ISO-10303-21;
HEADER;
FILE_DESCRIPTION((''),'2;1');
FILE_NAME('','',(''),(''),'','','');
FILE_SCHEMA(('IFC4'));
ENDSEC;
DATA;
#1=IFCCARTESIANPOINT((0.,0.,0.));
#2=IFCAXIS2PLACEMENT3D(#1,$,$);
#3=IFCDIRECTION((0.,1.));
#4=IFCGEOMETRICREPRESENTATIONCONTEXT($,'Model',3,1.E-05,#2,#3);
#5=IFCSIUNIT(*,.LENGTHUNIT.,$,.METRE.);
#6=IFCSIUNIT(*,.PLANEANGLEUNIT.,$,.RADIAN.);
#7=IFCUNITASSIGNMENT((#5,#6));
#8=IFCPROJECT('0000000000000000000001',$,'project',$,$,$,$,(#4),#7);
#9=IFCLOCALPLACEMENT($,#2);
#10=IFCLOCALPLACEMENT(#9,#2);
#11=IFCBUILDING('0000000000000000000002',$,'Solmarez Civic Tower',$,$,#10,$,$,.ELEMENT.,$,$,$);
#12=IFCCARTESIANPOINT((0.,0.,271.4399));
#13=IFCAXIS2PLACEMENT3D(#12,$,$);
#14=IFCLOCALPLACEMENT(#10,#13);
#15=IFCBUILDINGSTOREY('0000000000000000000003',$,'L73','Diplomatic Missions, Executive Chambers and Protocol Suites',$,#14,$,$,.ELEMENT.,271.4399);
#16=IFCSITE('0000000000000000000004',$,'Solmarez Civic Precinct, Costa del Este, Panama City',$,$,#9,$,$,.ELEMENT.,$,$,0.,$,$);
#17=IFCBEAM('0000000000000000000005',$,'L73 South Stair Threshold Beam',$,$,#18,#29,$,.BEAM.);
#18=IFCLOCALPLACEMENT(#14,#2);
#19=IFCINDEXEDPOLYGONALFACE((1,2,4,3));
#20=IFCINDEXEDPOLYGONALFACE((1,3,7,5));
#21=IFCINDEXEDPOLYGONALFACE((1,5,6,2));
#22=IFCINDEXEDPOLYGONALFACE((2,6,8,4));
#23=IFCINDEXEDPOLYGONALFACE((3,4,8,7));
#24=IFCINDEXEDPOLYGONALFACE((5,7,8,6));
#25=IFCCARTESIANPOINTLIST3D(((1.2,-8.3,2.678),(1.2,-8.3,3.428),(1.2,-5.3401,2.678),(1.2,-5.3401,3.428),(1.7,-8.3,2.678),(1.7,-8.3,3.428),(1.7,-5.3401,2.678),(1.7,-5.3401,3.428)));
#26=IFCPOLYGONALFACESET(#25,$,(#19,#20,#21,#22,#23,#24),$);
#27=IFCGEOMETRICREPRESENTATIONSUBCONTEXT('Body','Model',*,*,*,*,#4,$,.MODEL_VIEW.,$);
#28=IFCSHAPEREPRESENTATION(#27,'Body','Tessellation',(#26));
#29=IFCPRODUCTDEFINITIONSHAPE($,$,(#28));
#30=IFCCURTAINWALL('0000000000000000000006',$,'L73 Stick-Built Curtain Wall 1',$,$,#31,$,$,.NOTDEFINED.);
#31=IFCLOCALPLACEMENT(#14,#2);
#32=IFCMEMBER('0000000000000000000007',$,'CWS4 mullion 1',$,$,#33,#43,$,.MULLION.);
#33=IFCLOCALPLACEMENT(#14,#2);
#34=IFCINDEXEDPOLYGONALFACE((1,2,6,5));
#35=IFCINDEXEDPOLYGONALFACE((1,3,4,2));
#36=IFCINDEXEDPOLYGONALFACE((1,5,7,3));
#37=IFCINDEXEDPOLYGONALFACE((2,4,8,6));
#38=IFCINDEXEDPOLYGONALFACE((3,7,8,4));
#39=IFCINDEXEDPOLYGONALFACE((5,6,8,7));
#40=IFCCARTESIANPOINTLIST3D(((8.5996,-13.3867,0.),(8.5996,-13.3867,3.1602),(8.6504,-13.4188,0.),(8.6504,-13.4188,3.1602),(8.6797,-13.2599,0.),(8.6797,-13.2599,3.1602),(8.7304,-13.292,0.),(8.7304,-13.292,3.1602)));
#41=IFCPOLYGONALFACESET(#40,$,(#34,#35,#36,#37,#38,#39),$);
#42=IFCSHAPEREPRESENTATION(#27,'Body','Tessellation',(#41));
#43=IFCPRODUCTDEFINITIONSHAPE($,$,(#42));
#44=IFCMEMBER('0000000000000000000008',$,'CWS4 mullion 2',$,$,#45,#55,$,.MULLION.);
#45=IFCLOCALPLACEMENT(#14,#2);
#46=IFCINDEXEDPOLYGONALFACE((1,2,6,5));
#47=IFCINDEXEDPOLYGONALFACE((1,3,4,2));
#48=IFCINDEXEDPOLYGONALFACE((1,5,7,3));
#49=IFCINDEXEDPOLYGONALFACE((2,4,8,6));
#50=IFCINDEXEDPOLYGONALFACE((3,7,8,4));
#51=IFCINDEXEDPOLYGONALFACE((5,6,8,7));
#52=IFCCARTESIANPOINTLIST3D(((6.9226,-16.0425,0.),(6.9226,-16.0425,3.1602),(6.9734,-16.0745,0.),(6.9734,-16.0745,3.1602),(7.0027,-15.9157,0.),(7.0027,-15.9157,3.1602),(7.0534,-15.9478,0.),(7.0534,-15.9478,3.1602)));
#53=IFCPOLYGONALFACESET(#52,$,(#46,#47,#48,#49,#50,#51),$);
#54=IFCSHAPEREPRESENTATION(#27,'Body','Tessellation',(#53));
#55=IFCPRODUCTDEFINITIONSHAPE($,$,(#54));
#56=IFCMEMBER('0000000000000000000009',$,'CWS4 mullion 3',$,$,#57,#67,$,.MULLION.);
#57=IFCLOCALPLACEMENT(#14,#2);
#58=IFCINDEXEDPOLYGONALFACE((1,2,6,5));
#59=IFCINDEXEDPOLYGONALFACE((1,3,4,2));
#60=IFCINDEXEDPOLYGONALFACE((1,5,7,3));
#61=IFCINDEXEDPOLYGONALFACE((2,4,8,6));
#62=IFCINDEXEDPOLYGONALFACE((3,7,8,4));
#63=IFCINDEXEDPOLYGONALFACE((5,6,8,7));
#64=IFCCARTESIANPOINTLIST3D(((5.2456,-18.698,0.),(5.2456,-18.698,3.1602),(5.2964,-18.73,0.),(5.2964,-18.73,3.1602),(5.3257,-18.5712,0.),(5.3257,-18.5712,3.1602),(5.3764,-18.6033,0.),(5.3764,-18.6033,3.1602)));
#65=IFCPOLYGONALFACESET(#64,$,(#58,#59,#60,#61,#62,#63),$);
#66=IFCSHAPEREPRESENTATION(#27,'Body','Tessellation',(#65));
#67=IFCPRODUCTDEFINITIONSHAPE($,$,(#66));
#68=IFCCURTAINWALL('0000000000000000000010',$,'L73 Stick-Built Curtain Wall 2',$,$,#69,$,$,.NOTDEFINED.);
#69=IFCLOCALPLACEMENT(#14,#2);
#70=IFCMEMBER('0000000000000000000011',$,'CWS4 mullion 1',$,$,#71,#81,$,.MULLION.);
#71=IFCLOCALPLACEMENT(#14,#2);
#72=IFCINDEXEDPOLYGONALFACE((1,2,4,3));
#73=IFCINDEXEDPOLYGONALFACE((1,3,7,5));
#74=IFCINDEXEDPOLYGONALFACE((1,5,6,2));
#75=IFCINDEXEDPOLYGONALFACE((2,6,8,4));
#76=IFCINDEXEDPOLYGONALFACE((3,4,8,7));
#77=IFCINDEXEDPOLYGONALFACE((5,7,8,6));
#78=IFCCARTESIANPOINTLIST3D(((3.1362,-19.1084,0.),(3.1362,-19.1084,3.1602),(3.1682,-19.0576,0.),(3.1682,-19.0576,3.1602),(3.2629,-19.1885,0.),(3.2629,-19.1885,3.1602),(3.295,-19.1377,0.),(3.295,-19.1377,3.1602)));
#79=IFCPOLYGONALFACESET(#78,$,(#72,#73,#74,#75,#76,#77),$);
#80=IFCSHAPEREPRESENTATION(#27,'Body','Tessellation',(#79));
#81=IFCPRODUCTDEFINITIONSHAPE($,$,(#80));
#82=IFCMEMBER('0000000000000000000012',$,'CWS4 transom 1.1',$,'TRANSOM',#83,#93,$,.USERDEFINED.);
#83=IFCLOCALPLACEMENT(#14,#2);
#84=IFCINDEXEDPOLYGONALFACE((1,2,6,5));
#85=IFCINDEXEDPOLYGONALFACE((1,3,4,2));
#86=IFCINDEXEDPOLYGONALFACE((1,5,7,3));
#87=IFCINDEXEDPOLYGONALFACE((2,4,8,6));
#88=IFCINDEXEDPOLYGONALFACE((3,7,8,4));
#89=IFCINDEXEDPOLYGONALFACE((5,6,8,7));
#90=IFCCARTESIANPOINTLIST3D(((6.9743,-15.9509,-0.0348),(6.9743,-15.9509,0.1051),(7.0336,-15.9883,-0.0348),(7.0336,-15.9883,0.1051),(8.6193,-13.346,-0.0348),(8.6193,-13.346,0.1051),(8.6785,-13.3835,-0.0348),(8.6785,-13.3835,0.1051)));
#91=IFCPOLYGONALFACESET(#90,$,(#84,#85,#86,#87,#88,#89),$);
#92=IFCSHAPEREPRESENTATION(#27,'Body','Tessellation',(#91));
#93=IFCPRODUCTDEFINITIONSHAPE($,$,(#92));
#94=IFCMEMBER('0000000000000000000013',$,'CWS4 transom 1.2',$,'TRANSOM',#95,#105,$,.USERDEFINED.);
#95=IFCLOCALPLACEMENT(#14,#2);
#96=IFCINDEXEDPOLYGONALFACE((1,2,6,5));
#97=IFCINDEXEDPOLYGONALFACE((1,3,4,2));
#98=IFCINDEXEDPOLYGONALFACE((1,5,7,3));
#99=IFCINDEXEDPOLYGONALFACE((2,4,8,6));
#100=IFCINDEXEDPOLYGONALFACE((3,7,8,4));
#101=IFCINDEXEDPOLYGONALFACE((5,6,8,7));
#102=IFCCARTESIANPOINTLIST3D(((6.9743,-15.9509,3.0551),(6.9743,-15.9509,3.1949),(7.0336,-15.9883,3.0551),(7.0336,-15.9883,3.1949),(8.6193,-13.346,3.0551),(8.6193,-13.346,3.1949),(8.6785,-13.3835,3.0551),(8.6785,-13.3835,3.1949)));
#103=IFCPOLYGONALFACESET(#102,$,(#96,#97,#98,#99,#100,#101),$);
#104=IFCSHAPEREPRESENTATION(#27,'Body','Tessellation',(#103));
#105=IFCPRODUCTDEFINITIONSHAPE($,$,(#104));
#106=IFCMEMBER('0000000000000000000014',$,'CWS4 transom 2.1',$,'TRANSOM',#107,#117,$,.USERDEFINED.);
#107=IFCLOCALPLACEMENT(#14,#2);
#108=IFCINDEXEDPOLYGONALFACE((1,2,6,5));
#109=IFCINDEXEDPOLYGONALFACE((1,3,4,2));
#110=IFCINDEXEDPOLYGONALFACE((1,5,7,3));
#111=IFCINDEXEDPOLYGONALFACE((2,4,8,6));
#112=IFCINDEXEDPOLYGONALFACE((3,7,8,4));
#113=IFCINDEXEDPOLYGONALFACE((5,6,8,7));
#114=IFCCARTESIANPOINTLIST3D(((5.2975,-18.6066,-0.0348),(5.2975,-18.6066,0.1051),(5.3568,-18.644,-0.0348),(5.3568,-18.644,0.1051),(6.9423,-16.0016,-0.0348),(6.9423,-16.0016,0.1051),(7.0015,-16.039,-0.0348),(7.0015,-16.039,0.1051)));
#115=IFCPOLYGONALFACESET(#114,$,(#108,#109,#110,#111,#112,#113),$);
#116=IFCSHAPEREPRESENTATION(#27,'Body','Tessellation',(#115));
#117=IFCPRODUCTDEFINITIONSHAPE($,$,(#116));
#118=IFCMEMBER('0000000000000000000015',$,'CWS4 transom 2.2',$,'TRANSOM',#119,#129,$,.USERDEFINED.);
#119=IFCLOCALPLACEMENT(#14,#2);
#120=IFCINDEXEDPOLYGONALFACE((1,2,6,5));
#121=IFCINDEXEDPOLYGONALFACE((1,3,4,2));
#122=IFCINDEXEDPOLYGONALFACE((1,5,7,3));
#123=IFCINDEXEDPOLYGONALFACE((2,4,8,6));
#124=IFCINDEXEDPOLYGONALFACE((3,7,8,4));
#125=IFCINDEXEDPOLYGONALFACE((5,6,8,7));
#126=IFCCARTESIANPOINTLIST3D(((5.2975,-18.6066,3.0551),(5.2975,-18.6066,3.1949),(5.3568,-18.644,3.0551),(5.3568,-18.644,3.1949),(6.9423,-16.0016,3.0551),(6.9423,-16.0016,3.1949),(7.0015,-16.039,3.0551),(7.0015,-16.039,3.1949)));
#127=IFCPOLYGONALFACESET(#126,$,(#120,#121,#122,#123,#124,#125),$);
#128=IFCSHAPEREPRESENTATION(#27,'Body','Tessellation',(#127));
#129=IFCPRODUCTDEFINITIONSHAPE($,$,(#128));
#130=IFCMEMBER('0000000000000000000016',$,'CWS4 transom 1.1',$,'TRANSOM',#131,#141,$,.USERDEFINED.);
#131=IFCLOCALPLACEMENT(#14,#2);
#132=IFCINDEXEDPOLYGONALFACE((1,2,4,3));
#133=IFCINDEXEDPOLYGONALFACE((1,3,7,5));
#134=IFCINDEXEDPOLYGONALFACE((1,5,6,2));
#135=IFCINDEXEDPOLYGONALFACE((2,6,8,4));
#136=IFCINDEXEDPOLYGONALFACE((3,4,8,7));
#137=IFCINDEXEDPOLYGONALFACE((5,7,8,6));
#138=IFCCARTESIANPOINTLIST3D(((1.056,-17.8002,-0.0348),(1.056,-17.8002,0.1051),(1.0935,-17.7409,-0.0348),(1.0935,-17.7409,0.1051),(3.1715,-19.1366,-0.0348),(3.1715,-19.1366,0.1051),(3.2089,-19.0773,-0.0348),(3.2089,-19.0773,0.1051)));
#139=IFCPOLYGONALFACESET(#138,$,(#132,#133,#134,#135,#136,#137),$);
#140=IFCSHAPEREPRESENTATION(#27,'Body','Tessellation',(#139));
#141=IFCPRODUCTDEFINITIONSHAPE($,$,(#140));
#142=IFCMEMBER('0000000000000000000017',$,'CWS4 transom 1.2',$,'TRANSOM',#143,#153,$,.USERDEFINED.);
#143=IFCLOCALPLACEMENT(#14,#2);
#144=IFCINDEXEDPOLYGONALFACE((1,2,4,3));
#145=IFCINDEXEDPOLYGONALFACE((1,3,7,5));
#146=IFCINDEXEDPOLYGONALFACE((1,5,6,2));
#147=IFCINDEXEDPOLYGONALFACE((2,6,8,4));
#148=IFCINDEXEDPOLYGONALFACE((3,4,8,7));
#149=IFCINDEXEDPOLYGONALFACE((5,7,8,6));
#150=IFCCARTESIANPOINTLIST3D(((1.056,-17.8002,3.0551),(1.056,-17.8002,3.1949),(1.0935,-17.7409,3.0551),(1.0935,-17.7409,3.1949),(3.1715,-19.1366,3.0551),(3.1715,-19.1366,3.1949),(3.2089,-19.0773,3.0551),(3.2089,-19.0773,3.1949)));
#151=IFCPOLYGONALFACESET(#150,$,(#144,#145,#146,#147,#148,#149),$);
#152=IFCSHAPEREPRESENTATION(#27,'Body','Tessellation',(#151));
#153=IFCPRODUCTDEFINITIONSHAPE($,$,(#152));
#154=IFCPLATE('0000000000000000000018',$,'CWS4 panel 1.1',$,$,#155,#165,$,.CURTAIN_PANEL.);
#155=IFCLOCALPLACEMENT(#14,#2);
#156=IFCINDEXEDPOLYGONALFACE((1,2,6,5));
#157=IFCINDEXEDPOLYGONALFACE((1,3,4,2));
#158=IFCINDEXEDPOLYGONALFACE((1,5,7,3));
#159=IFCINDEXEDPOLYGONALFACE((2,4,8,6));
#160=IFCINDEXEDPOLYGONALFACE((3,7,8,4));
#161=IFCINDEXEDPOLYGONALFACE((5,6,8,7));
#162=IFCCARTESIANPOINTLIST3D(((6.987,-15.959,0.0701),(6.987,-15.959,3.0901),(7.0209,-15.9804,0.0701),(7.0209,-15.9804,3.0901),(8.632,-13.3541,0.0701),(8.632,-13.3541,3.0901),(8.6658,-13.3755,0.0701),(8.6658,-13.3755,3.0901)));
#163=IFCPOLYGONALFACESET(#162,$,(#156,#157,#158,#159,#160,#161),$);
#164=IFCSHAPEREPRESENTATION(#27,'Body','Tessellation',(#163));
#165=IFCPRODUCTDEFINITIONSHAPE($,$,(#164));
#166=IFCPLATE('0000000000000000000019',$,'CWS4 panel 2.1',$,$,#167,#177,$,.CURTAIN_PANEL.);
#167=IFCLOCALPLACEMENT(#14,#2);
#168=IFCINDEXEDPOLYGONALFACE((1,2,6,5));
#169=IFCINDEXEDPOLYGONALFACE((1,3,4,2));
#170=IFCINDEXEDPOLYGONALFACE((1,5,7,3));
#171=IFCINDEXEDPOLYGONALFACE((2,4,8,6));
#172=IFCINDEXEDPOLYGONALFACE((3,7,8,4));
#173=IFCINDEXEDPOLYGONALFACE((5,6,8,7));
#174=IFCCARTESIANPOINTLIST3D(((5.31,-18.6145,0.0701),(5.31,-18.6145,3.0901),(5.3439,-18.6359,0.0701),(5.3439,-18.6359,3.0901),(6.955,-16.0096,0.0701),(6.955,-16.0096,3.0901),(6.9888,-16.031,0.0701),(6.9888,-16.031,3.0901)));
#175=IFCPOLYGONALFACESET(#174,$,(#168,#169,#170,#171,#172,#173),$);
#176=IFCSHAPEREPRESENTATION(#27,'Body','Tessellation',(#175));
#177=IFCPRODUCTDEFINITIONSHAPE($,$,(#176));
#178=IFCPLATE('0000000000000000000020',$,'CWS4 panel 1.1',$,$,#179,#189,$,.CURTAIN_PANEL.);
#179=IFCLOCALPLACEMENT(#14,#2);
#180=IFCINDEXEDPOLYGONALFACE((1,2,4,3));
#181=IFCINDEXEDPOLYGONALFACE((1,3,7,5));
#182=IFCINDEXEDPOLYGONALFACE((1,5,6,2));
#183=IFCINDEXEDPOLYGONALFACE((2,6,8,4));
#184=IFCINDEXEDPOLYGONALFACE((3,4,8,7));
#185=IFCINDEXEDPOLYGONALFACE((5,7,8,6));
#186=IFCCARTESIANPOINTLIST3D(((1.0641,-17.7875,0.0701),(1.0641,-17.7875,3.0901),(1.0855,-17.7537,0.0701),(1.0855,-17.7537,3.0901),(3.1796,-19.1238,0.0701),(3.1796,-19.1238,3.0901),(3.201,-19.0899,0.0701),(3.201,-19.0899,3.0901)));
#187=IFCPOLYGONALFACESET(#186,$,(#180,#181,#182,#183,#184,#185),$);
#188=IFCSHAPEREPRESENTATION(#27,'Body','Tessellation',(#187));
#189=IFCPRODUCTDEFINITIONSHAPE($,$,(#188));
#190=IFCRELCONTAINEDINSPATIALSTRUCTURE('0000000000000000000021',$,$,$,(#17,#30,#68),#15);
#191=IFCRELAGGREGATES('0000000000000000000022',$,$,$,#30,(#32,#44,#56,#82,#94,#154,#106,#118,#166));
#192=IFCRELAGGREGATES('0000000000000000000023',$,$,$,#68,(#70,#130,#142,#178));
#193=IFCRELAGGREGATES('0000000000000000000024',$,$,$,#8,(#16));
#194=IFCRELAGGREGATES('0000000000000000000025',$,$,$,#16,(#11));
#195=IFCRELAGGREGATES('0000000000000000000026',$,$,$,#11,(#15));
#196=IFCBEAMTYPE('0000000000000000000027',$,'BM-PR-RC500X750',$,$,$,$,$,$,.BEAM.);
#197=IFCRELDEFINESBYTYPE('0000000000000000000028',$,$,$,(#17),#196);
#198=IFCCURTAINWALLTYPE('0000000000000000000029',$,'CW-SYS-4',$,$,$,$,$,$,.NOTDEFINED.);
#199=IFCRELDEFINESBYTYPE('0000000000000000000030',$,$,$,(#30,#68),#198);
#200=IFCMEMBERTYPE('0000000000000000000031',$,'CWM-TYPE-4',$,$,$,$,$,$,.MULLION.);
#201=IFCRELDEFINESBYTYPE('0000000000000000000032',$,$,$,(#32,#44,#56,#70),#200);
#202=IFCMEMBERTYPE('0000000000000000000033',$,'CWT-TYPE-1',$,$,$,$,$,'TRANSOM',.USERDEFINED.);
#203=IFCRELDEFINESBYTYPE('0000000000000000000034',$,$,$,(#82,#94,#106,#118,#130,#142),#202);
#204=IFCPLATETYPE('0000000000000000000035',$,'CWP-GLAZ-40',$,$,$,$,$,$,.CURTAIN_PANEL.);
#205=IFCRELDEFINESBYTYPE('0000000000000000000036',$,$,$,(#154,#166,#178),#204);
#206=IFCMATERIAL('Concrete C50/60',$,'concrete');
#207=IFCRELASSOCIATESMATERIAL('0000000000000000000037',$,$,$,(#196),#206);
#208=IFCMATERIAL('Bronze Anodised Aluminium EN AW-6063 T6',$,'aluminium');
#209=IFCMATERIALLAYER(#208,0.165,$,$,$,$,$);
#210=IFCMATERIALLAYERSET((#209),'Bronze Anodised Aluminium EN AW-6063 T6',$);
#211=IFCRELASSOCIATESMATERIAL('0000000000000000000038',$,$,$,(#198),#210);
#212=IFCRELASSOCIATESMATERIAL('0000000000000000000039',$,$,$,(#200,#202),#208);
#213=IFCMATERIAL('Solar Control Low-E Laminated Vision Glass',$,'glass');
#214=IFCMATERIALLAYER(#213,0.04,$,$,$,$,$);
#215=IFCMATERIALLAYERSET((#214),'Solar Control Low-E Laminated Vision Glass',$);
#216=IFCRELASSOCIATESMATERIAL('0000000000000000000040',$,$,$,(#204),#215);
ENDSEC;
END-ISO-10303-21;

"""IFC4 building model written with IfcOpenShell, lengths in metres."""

from ifc_helpers import new_model, si_unit, direction, frame, origin, origin_2d, place, context, subcontext, project, spatial, rectangle, extrude, material, layer, layer_set, material_profile, profile_set, type_object, element, aggregate, save


model = new_model("IFC4")

# Units and contexts
model_context = context("Model", 3, precision=1e-05, world=origin(), true_north=direction((0.0, 1.0)))
body_context = subcontext(model_context, "Body", "Model", "MODEL_VIEW")
ifc_project = project(units=[si_unit("LENGTHUNIT", "METRE"), si_unit("PLANEANGLEUNIT", "RADIAN")], contexts=[model_context])

# Site, building, storey
site_placement = place(None, origin())
site = spatial("IfcSite", under=ifc_project, at=site_placement, Name="Solmarez Civic Precinct, Costa del Este, Panama City", CompositionType="ELEMENT", RefElevation=0.0)
building_placement = place(site_placement, origin())
building = spatial("IfcBuilding", under=site, at=building_placement, Name="Solmarez Civic Tower", CompositionType="ELEMENT")
storey_placement = place(building_placement, frame((0.0, 0.0, 271.4399)))
storey = spatial("IfcBuildingStorey", under=building, at=storey_placement, Name="L73", Description="Diplomatic Missions, Executive Chambers and Protocol Suites", CompositionType="ELEMENT", Elevation=271.4399)

# Beam
ifc_material_1 = material(Name="Concrete C50/60", Category="concrete")
ifc_material_profile_1 = material_profile(ifc_material_1, rectangle(XDim=0.5, YDim=0.75, at=origin_2d()), Name="RC500X750")
ifc_profile_set_1 = profile_set([ifc_material_profile_1], Name="Concrete C50/60")
beam_type = type_object("IfcBeamType", Name="BM-PR-RC500X750", PredefinedType="BEAM", material=ifc_profile_set_1)
beam_placement = place(storey_placement, frame((1.45, -8.3, 3.053), z_axis=(0.0, 1.0, 0.0), x_axis=(-1.0, 0.0, 0.0)))
element("IfcBeam", 1, at=beam_placement, inside=storey, type_object=beam_type, Name="L73 South Stair Threshold Beam", PredefinedType="BEAM", context=body_context, shape_type="SweptSolid", body=[
    extrude(rectangle(XDim=0.5, YDim=0.75, at=origin_2d()), origin(), (0.0, 0.0, 1.0), 2.96),
])

# Curtain wall, members
ifc_material_2 = material(Name="Bronze Anodised Aluminium EN AW-6063 T6", Category="aluminium")
ifc_layer_1 = layer(ifc_material_2, 0.165)
ifc_layer_set_1 = layer_set([ifc_layer_1], Name="Bronze Anodised Aluminium EN AW-6063 T6")
curtain_wall_type = type_object("IfcCurtainWallType", Name="CW-SYS-4", PredefinedType="NOTDEFINED", material=ifc_layer_set_1)
curtain_wall_1_placement = place(storey_placement, origin())
curtain_wall_1 = element("IfcCurtainWall", 2, at=curtain_wall_1_placement, inside=storey, type_object=curtain_wall_type, Name="L73 Stick-Built Curtain Wall 1", PredefinedType="NOTDEFINED")
ifc_material_profile_2 = material_profile(ifc_material_2, rectangle(XDim=0.0601, YDim=0.1499, at=origin_2d()), Name="CWM-60X150")
ifc_profile_set_2 = profile_set([ifc_material_profile_2], Name="Bronze Anodised Aluminium EN AW-6063 T6")
member_type_1 = type_object("IfcMemberType", Name="CWM-TYPE-4", PredefinedType="MULLION", material=ifc_profile_set_2)
member_1_placement = place(storey_placement, frame((8.665, -13.3394, 0.0), z_axis=(0.0, 0.0, 1.0), x_axis=(0.845526, -0.533934, 0.0)))
member_1 = element("IfcMember", 3, at=member_1_placement, type_object=member_type_1, Name="CWS4 mullion 1", PredefinedType="MULLION", context=body_context, shape_type="SweptSolid", body=[
    extrude(rectangle(XDim=0.0601, YDim=0.1499, at=origin_2d()), origin(), (0.0, 0.0, 1.0), 3.1602),
])
member_2_placement = place(storey_placement, frame((6.988, -15.9951, 0.0), z_axis=(0.0, 0.0, 1.0), x_axis=(0.845526, -0.533934, 0.0)))
member_2 = element("IfcMember", 4, at=member_2_placement, type_object=member_type_1, Name="CWS4 mullion 2", PredefinedType="MULLION", context=body_context, shape_type="SweptSolid", body=[
    extrude(rectangle(XDim=0.0601, YDim=0.1499, at=origin_2d()), origin(), (0.0, 0.0, 1.0), 3.1602),
])
member_3_placement = place(storey_placement, frame((5.311, -18.6506, 0.0), z_axis=(0.0, 0.0, 1.0), x_axis=(0.845526, -0.533934, 0.0)))
member_3 = element("IfcMember", 5, at=member_3_placement, type_object=member_type_1, Name="CWS4 mullion 3", PredefinedType="MULLION", context=body_context, shape_type="SweptSolid", body=[
    extrude(rectangle(XDim=0.0601, YDim=0.1499, at=origin_2d()), origin(), (0.0, 0.0, 1.0), 3.1602),
])

# Curtain wall, member
curtain_wall_2_placement = place(storey_placement, origin())
curtain_wall_2 = element("IfcCurtainWall", 6, at=curtain_wall_2_placement, inside=storey, type_object=curtain_wall_type, Name="L73 Stick-Built Curtain Wall 2", PredefinedType="NOTDEFINED")
member_4_placement = place(storey_placement, frame((3.2156, -19.123, 0.0), z_axis=(0.0, 0.0, 1.0), x_axis=(-0.534039, -0.84546, 0.0)))
member_4 = element("IfcMember", 7, at=member_4_placement, type_object=member_type_1, Name="CWS4 mullion 1", PredefinedType="MULLION", context=body_context, shape_type="SweptSolid", body=[
    extrude(rectangle(XDim=0.0601, YDim=0.1499, at=origin_2d()), origin(), (0.0, 0.0, 1.0), 3.1602),
])

# Members
ifc_material_profile_3 = material_profile(ifc_material_2, rectangle(XDim=0.0701, YDim=0.1399, at=origin_2d()), Name="CWT-70X140")
ifc_profile_set_3 = profile_set([ifc_material_profile_3], Name="Bronze Anodised Aluminium EN AW-6063 T6")
member_type_2 = type_object("IfcMemberType", Name="CWT-TYPE-1", ElementType="TRANSOM", PredefinedType="USERDEFINED", material=ifc_profile_set_3)
member_5_placement = place(storey_placement, frame((8.6489, -13.3647, 0.0352), z_axis=(-0.533939, -0.845523, 0.0), x_axis=(0.845523, -0.533939, 0.0)))
member_5 = element("IfcMember", 8, at=member_5_placement, type_object=member_type_2, Name="CWS4 transom 1.1", ObjectType="TRANSOM", PredefinedType="USERDEFINED", context=body_context, shape_type="SweptSolid", body=[
    extrude(rectangle(XDim=0.0701, YDim=0.1399, at=origin_2d()), origin(), (0.0, 0.0, 1.0), 3.0808),
])
member_6_placement = place(storey_placement, frame((8.6489, -13.3647, 3.125), z_axis=(-0.533939, -0.845523, 0.0), x_axis=(0.845523, -0.533939, 0.0)))
member_6 = element("IfcMember", 9, at=member_6_placement, type_object=member_type_2, Name="CWS4 transom 1.2", ObjectType="TRANSOM", PredefinedType="USERDEFINED", context=body_context, shape_type="SweptSolid", body=[
    extrude(rectangle(XDim=0.0701, YDim=0.1399, at=origin_2d()), origin(), (0.0, 0.0, 1.0), 3.0808),
])
member_7_placement = place(storey_placement, frame((6.9719, -16.0203, 0.0352), z_axis=(-0.533883, -0.845559, 0.0), x_axis=(0.845559, -0.533883, 0.0)))
member_7 = element("IfcMember", 10, at=member_7_placement, type_object=member_type_2, Name="CWS4 transom 2.1", ObjectType="TRANSOM", PredefinedType="USERDEFINED", context=body_context, shape_type="SweptSolid", body=[
    extrude(rectangle(XDim=0.0701, YDim=0.1399, at=origin_2d()), origin(), (0.0, 0.0, 1.0), 3.0808),
])
member_8_placement = place(storey_placement, frame((6.9719, -16.0203, 3.125), z_axis=(-0.533883, -0.845559, 0.0), x_axis=(0.845559, -0.533883, 0.0)))
member_8 = element("IfcMember", 11, at=member_8_placement, type_object=member_type_2, Name="CWS4 transom 2.2", ObjectType="TRANSOM", PredefinedType="USERDEFINED", context=body_context, shape_type="SweptSolid", body=[
    extrude(rectangle(XDim=0.0701, YDim=0.1399, at=origin_2d()), origin(), (0.0, 0.0, 1.0), 3.0808),
])
member_9_placement = place(storey_placement, frame((3.1902, -19.1069, 0.0352), z_axis=(-0.845429, 0.534088, 0.0), x_axis=(-0.534088, -0.845429, 0.0)))
member_9 = element("IfcMember", 12, at=member_9_placement, type_object=member_type_2, Name="CWS4 transom 1.1", ObjectType="TRANSOM", PredefinedType="USERDEFINED", context=body_context, shape_type="SweptSolid", body=[
    extrude(rectangle(XDim=0.0701, YDim=0.1399, at=origin_2d()), origin(), (0.0, 0.0, 1.0), 2.5022),
])
member_10_placement = place(storey_placement, frame((3.1902, -19.1069, 3.125), z_axis=(-0.845429, 0.534088, 0.0), x_axis=(-0.534088, -0.845429, 0.0)))
member_10 = element("IfcMember", 13, at=member_10_placement, type_object=member_type_2, Name="CWS4 transom 1.2", ObjectType="TRANSOM", PredefinedType="USERDEFINED", context=body_context, shape_type="SweptSolid", body=[
    extrude(rectangle(XDim=0.0701, YDim=0.1399, at=origin_2d()), origin(), (0.0, 0.0, 1.0), 2.5022),
])

# Plates
ifc_material_3 = material(Name="Solar Control Low-E Laminated Vision Glass", Category="glass")
ifc_layer_2 = layer(ifc_material_3, 0.04)
ifc_layer_set_2 = layer_set([ifc_layer_2], Name="Solar Control Low-E Laminated Vision Glass")
plate_type = type_object("IfcPlateType", Name="CWP-GLAZ-40", PredefinedType="CURTAIN_PANEL", material=ifc_layer_set_2)
plate_1_placement = place(storey_placement, frame((7.8264, -14.6672, 0.0701), z_axis=(0.0, 0.0, 1.0), x_axis=(-0.533934, -0.845526, 0.0)))
plate_1 = element("IfcPlate", 14, at=plate_1_placement, type_object=plate_type, Name="CWS4 panel 1.1", PredefinedType="CURTAIN_PANEL", context=body_context, shape_type="SweptSolid", body=[
    extrude(rectangle(XDim=3.0808, YDim=0.04, at=origin_2d()), origin(), (0.0, 0.0, 1.0), 3.02),
])
plate_2_placement = place(storey_placement, frame((6.1494, -17.3228, 0.0701), z_axis=(0.0, 0.0, 1.0), x_axis=(-0.533934, -0.845526, 0.0)))
plate_2 = element("IfcPlate", 15, at=plate_2_placement, type_object=plate_type, Name="CWS4 panel 2.1", PredefinedType="CURTAIN_PANEL", context=body_context, shape_type="SweptSolid", body=[
    extrude(rectangle(XDim=3.0808, YDim=0.04, at=origin_2d()), origin(), (0.0, 0.0, 1.0), 3.02),
])
aggregate(curtain_wall_1, [member_1, member_2, member_3, member_5, member_6, plate_1, member_7, member_8, plate_2])
plate_3_placement = place(storey_placement, frame((2.1326, -18.4387, 0.0701), z_axis=(0.0, 0.0, 1.0), x_axis=(-0.84546, 0.534039, 0.0)))
plate_3 = element("IfcPlate", 16, at=plate_3_placement, type_object=plate_type, Name="CWS4 panel 1.1", PredefinedType="CURTAIN_PANEL", context=body_context, shape_type="SweptSolid", body=[
    extrude(rectangle(XDim=2.5022, YDim=0.04, at=origin_2d()), origin(), (0.0, 0.0, 1.0), 3.02),
])
aggregate(curtain_wall_2, [member_4, member_9, member_10, plate_3])

save(model, "model.ifc")
